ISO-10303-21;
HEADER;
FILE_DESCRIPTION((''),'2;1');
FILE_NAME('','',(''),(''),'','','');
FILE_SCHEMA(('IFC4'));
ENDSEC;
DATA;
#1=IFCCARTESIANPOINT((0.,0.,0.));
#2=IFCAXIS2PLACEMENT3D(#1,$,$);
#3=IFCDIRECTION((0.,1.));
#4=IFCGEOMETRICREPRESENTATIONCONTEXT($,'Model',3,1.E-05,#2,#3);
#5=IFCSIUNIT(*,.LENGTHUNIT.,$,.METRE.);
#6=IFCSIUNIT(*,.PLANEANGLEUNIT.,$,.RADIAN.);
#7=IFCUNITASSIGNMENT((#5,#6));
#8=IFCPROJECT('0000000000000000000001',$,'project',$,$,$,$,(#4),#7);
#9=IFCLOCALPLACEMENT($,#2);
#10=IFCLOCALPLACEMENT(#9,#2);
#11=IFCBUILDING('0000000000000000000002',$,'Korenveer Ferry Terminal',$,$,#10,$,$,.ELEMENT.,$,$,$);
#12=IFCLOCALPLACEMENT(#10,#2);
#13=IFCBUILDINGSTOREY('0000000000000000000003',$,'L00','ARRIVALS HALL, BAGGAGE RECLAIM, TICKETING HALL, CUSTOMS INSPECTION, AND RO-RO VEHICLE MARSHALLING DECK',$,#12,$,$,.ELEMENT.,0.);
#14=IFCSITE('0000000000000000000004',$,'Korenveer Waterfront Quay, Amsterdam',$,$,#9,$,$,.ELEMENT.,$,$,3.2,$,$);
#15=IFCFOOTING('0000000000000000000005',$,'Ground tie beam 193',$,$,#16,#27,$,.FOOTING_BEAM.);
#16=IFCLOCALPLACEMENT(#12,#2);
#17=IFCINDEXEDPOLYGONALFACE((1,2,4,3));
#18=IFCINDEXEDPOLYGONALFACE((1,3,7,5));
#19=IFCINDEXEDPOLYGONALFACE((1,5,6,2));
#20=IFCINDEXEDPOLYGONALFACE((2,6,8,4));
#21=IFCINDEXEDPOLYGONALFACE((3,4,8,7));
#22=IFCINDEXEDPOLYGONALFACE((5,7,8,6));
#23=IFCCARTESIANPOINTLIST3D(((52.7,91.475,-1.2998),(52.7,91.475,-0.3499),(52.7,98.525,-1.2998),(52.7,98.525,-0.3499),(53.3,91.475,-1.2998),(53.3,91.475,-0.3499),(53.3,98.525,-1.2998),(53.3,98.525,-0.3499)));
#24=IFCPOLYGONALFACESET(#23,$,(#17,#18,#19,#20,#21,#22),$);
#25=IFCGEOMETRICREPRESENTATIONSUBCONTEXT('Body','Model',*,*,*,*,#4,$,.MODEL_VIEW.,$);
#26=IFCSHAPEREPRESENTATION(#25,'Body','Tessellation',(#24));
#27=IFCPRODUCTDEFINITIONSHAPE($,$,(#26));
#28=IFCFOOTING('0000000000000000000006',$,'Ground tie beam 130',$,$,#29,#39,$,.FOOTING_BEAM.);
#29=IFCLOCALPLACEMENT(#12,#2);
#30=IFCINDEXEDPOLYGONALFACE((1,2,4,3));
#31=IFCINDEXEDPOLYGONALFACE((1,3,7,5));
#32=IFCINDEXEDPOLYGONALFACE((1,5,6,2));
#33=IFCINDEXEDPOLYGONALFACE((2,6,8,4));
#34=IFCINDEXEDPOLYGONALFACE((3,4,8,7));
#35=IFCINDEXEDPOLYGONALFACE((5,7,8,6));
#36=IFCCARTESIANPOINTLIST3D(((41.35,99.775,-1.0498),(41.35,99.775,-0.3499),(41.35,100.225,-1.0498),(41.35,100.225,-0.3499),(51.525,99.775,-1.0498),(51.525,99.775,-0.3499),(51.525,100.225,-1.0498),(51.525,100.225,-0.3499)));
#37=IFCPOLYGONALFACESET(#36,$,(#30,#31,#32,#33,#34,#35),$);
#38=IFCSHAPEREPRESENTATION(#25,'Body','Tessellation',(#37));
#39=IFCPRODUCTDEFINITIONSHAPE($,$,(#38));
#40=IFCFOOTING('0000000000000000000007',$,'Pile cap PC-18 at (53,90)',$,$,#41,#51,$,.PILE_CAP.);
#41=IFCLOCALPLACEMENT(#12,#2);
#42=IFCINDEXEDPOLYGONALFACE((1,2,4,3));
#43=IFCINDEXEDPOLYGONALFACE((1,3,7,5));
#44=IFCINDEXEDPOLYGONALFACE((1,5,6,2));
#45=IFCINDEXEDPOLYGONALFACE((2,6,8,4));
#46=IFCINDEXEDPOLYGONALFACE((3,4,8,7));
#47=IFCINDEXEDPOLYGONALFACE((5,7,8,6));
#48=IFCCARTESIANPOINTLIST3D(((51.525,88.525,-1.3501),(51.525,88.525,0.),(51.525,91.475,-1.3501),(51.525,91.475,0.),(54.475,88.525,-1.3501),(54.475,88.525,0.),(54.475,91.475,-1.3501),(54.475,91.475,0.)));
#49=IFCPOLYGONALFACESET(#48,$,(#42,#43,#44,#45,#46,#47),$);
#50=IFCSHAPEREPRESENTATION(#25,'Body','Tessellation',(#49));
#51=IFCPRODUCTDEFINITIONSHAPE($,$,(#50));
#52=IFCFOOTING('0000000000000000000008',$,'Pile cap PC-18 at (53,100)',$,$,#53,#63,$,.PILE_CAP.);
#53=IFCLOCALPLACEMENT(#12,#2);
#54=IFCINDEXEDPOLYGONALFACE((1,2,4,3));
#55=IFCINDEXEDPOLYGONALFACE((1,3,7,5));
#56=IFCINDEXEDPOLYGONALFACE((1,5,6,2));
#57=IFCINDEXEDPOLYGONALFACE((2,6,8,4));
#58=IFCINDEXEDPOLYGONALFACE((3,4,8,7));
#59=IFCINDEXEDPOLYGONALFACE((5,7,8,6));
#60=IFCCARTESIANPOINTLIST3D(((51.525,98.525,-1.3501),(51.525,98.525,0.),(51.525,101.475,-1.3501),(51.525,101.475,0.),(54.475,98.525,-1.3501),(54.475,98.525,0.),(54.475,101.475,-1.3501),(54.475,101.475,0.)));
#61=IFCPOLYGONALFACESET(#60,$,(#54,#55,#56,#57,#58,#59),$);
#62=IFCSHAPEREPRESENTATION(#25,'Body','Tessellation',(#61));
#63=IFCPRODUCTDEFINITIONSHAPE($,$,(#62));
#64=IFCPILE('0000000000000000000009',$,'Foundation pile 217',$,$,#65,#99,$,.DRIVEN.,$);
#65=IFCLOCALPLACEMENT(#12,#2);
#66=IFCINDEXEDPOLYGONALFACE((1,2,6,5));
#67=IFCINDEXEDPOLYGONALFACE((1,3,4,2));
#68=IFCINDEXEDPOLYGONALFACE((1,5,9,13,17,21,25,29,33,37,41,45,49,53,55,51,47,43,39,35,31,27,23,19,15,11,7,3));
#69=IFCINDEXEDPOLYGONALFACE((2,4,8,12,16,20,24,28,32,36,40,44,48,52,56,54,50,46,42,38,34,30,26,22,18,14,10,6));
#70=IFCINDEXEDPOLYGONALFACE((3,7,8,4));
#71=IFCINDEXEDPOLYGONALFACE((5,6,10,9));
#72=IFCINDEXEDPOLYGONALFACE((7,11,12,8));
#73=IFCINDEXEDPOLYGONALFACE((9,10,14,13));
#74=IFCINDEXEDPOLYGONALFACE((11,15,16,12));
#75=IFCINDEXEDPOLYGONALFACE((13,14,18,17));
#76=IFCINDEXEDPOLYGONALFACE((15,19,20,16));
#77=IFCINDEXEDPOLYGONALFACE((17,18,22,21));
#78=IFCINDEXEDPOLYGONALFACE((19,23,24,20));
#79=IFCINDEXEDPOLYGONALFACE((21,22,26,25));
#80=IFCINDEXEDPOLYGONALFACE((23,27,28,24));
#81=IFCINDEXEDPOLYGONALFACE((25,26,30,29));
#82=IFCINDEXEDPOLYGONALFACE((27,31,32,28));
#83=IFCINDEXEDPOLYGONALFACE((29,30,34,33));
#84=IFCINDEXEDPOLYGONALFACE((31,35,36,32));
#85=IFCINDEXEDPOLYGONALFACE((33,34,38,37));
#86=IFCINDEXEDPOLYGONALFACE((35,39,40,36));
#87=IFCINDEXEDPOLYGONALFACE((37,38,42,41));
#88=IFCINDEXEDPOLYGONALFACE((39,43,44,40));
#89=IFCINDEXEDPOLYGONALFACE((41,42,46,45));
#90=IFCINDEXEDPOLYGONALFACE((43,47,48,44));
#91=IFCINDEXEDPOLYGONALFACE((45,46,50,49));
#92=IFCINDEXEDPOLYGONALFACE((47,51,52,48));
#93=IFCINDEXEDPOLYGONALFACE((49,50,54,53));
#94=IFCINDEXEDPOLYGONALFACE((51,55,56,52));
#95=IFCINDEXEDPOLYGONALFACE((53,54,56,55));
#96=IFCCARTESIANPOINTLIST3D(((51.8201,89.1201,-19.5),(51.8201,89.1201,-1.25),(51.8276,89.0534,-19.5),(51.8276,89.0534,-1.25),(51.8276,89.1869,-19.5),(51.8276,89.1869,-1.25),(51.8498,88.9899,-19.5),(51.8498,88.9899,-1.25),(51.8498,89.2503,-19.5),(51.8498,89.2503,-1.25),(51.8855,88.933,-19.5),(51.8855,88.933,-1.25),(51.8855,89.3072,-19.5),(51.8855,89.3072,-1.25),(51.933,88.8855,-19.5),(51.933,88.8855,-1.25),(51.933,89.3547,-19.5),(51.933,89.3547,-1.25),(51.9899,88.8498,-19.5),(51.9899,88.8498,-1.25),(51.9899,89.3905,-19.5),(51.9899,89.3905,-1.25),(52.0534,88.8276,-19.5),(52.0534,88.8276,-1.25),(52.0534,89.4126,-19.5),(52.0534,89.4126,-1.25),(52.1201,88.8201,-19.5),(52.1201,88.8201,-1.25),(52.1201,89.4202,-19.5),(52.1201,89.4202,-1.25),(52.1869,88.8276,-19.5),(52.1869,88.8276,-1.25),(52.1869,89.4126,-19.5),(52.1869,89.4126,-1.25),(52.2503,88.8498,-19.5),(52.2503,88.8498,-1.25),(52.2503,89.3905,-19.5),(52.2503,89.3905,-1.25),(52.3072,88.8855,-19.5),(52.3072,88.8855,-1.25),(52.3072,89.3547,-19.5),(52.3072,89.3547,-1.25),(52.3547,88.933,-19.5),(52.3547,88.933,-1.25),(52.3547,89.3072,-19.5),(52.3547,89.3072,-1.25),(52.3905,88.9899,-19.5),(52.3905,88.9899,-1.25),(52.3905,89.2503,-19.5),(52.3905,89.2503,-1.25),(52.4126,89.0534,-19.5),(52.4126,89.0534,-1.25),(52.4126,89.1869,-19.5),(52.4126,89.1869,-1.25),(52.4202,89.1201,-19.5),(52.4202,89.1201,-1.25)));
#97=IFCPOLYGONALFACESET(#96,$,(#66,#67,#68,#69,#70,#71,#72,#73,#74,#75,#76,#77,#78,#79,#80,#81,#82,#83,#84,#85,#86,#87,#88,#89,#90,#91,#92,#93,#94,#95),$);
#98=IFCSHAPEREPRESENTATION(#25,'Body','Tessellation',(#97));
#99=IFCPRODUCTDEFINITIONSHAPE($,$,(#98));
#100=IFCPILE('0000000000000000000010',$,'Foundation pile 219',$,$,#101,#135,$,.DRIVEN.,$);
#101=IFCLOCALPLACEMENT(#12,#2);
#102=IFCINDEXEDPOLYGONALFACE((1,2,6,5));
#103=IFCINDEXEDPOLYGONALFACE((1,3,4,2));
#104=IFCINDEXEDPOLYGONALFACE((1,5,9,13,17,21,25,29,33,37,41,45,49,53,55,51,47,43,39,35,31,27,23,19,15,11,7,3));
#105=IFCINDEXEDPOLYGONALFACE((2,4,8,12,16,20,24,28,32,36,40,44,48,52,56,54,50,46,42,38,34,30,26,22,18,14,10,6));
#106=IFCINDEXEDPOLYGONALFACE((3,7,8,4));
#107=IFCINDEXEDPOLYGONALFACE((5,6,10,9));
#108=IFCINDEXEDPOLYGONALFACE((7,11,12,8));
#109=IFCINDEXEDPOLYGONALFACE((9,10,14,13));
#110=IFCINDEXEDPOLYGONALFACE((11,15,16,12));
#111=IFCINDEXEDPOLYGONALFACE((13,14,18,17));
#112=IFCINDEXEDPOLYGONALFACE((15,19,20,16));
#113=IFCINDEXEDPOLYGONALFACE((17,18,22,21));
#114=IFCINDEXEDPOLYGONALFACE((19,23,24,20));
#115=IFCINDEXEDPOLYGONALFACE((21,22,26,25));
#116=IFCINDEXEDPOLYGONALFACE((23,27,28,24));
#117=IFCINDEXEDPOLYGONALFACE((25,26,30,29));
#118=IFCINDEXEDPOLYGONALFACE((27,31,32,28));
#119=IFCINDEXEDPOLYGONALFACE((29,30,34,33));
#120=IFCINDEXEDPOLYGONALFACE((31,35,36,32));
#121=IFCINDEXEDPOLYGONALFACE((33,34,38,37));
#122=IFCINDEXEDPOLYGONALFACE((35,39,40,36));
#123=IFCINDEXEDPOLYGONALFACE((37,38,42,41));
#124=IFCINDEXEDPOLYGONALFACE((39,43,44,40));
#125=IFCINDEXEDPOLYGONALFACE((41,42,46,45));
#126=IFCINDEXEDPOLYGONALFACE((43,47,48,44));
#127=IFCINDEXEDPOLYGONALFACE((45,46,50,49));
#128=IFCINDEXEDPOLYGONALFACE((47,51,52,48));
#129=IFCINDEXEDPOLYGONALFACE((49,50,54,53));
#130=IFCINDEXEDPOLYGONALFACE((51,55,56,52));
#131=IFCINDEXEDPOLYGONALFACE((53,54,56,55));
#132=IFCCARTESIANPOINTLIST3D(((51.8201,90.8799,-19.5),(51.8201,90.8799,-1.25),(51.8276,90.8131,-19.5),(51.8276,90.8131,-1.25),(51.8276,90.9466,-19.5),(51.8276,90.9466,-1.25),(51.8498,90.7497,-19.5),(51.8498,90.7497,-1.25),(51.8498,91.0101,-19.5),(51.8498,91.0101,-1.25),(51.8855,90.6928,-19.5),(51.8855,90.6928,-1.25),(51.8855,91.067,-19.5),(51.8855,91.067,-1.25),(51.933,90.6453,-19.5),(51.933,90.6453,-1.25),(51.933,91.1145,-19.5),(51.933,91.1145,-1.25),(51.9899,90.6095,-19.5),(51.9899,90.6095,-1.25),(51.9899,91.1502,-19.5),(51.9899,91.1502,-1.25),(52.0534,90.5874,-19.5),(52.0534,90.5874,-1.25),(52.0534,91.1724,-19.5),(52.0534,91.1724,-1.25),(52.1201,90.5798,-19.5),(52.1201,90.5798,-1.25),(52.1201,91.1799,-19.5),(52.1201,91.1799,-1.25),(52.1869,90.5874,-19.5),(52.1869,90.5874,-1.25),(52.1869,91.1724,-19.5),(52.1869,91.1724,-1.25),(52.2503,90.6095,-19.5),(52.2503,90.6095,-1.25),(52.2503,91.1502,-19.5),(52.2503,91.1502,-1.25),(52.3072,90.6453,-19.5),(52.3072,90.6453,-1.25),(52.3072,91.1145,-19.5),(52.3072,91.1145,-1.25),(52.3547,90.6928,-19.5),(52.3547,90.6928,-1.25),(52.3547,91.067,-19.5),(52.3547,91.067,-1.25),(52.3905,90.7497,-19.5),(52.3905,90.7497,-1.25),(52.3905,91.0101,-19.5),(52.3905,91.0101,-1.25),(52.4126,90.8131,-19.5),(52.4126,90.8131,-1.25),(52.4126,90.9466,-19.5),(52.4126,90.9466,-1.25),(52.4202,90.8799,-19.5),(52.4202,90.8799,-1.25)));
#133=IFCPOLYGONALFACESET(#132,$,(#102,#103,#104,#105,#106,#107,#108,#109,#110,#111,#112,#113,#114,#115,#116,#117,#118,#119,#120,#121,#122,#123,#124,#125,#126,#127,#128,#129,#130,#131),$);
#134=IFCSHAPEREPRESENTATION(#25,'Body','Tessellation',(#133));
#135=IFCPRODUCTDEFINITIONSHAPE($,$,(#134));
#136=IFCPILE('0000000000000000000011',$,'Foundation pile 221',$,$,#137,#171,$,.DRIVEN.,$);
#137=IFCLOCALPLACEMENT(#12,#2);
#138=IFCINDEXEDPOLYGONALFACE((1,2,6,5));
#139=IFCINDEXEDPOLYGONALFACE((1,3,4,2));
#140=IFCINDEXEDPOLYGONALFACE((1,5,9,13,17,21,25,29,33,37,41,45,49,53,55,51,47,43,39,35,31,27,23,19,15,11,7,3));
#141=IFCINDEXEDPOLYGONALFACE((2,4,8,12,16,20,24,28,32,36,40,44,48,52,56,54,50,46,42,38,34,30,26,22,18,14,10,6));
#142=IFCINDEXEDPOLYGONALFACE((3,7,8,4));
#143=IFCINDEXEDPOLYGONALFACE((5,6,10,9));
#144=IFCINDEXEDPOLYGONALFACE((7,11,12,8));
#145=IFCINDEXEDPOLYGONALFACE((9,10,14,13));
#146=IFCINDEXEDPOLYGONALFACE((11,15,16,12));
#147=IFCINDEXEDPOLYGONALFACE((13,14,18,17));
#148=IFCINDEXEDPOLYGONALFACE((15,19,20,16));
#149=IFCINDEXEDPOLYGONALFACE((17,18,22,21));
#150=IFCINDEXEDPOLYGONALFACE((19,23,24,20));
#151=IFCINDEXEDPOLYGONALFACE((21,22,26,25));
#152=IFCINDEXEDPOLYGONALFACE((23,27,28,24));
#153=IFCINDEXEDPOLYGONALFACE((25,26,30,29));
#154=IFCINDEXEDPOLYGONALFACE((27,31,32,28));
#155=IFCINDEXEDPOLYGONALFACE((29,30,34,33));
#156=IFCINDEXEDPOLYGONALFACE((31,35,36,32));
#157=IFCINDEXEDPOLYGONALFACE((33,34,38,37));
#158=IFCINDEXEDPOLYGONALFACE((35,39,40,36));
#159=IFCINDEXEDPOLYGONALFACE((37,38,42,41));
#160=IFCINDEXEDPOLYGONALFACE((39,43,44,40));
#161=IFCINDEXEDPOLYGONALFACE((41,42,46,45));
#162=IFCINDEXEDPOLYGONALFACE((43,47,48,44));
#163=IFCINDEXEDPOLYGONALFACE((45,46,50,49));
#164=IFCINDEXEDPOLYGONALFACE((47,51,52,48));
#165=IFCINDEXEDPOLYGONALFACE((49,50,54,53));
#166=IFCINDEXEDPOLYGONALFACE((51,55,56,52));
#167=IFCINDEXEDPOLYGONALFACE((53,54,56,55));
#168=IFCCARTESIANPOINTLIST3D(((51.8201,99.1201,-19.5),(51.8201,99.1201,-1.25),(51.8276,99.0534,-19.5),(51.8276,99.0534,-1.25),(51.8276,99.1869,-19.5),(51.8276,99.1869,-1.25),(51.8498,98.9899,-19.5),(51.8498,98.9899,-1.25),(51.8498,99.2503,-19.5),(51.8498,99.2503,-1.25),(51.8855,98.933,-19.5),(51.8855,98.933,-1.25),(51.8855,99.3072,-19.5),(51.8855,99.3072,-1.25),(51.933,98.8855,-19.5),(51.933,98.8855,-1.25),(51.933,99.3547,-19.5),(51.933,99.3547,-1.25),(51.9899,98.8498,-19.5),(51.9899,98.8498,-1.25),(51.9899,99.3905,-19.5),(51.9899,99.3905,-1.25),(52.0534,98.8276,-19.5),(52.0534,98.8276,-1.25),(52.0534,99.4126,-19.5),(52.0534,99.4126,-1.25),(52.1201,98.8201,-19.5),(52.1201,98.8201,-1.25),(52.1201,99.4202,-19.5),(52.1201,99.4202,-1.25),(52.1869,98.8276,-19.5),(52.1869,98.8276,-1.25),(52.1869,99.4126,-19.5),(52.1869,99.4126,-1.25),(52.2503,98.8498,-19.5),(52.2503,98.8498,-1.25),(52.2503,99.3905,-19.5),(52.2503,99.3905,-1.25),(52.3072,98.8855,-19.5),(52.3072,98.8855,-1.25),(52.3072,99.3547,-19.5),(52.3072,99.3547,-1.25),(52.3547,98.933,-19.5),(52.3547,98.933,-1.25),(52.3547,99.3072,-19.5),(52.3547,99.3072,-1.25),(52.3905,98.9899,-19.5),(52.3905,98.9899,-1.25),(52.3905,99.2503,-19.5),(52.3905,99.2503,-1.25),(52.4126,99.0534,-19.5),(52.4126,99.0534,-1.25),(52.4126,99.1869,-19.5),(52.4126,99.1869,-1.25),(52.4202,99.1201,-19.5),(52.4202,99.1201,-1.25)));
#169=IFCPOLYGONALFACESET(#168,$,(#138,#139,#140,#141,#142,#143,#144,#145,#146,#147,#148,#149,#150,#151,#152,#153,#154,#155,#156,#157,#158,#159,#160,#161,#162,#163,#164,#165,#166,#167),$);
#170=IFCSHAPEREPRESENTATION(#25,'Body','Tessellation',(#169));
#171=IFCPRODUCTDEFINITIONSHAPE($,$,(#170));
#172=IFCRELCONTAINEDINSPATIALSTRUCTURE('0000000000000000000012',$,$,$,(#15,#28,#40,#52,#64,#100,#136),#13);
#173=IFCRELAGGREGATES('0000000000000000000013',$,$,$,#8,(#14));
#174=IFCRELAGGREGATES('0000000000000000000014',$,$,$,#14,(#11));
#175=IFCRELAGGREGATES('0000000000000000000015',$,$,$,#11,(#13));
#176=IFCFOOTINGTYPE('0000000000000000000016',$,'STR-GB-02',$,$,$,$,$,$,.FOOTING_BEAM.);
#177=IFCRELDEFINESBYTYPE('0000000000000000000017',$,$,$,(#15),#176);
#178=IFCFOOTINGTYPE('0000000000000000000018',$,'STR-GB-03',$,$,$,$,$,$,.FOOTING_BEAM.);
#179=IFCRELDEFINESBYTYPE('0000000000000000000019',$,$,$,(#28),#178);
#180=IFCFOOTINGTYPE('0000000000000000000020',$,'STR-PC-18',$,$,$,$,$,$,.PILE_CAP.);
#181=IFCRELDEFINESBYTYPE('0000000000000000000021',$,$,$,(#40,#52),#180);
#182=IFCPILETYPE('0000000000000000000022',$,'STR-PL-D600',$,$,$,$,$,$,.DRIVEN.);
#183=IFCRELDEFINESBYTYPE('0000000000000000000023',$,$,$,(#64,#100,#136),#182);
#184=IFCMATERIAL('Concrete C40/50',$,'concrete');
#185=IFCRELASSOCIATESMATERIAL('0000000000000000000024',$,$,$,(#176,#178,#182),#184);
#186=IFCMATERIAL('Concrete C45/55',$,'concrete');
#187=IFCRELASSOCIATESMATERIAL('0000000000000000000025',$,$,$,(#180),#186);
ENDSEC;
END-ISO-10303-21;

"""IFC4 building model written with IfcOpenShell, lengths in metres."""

from ifc_helpers import new_model, si_unit, direction, frame, origin, origin_2d, place, context, subcontext, project, spatial, rectangle, circle, extrude, material, material_profile, profile_set, type_object, element, save


model = new_model("IFC4")

# Units and contexts
model_context = context("Model", 3, precision=1e-05, world=origin(), true_north=direction((0.0, 1.0)))
body_context = subcontext(model_context, "Body", "Model", "MODEL_VIEW")
ifc_project = project(units=[si_unit("LENGTHUNIT", "METRE"), si_unit("PLANEANGLEUNIT", "RADIAN")], contexts=[model_context])

# Site, building, storey
site_placement = place(None, origin())
site = spatial("IfcSite", under=ifc_project, at=site_placement, Name="Korenveer Waterfront Quay, Amsterdam", CompositionType="ELEMENT", RefElevation=3.2)
building_placement = place(site_placement, origin())
building = spatial("IfcBuilding", under=site, at=building_placement, Name="Korenveer Ferry Terminal", CompositionType="ELEMENT")
storey_placement = place(building_placement, origin())
storey = spatial("IfcBuildingStorey", under=building, at=storey_placement, Name="L00", Description="ARRIVALS HALL, BAGGAGE RECLAIM, TICKETING HALL, CUSTOMS INSPECTION, AND RO-RO VEHICLE MARSHALLING DECK", CompositionType="ELEMENT", Elevation=0.0)

# Footings
ifc_material_1 = material(Name="Concrete C40/50", Category="concrete")
footing_type_1 = type_object("IfcFootingType", Name="STR-GB-02", PredefinedType="FOOTING_BEAM", material=ifc_material_1)
footing_1_placement = place(storey_placement, frame((53.0, 95.0, -1.2998), z_axis=(0.0, 0.0, 1.0), x_axis=(1.0, 0.0, 0.0)))
element("IfcFooting", 1, at=footing_1_placement, inside=storey, type_object=footing_type_1, Name="Ground tie beam 193", PredefinedType="FOOTING_BEAM", context=body_context, shape_type="SweptSolid", body=[
    extrude(rectangle(XDim=0.6001, YDim=7.05, at=origin_2d()), origin(), (0.0, 0.0, 1.0), 0.95),
])
footing_type_2 = type_object("IfcFootingType", Name="STR-GB-03", PredefinedType="FOOTING_BEAM", material=ifc_material_1)
footing_2_placement = place(storey_placement, frame((46.4375, 100.0, -1.0498), z_axis=(0.0, 0.0, 1.0), x_axis=(1.0, 0.0, 0.0)))
element("IfcFooting", 2, at=footing_2_placement, inside=storey, type_object=footing_type_2, Name="Ground tie beam 130", PredefinedType="FOOTING_BEAM", context=body_context, shape_type="SweptSolid", body=[
    extrude(rectangle(XDim=10.175, YDim=0.45, at=origin_2d()), origin(), (0.0, 0.0, 1.0), 0.7),
])
ifc_material_2 = material(Name="Concrete C45/55", Category="concrete")
footing_type_3 = type_object("IfcFootingType", Name="STR-PC-18", PredefinedType="PILE_CAP", material=ifc_material_2)
for number, where, z_axis, x_axis, name in (
    (3, (53.0, 90.0, -1.3501), (0.0, 0.0, 1.0), (1.0, 0.0, 0.0), "Pile cap PC-18 at (53,90)"),
    (4, (53.0, 100.0, -1.3501), (0.0, 0.0, 1.0), (1.0, 0.0, 0.0), "Pile cap PC-18 at (53,100)"),
):
    element("IfcFooting", number, at=place(storey_placement, frame(where, z_axis=z_axis, x_axis=x_axis)), inside=storey, type_object=footing_type_3, Name=name, PredefinedType="PILE_CAP", context=body_context, shape_type="SweptSolid", body=[
        extrude(rectangle(XDim=2.95, YDim=2.95, at=origin_2d()), origin(), (0.0, 0.0, 1.0), 1.3501),
    ])

# Piles
ifc_material_profile_1 = material_profile(ifc_material_1, circle(Radius=0.3, at=origin_2d()), Name="PILE D600")
ifc_profile_set_1 = profile_set([ifc_material_profile_1], Name="Concrete C40/50")
pile_type_1 = type_object("IfcPileType", Name="STR-PL-D600", PredefinedType="DRIVEN", material=ifc_profile_set_1)
for number, where, z_axis, x_axis, name in (
    (5, (52.1201, 89.1201, -1.25), (0.0, 0.0, -1.0), (1.0, 0.0, 0.0), "Foundation pile 217"),
    (6, (52.1201, 90.8799, -1.25), (0.0, 0.0, -1.0), (1.0, 0.0, 0.0), "Foundation pile 219"),
    (7, (52.1201, 99.1201, -1.25), (0.0, 0.0, -1.0), (1.0, 0.0, 0.0), "Foundation pile 221"),
):
    element("IfcPile", number, at=place(storey_placement, frame(where, z_axis=z_axis, x_axis=x_axis)), inside=storey, type_object=pile_type_1, Name=name, PredefinedType="DRIVEN", context=body_context, shape_type="SweptSolid", body=[
        extrude(circle(Radius=0.3, at=origin_2d()), origin(), (0.0, 0.0, 1.0), 18.25),
    ])

save(model, "model.ifc")
